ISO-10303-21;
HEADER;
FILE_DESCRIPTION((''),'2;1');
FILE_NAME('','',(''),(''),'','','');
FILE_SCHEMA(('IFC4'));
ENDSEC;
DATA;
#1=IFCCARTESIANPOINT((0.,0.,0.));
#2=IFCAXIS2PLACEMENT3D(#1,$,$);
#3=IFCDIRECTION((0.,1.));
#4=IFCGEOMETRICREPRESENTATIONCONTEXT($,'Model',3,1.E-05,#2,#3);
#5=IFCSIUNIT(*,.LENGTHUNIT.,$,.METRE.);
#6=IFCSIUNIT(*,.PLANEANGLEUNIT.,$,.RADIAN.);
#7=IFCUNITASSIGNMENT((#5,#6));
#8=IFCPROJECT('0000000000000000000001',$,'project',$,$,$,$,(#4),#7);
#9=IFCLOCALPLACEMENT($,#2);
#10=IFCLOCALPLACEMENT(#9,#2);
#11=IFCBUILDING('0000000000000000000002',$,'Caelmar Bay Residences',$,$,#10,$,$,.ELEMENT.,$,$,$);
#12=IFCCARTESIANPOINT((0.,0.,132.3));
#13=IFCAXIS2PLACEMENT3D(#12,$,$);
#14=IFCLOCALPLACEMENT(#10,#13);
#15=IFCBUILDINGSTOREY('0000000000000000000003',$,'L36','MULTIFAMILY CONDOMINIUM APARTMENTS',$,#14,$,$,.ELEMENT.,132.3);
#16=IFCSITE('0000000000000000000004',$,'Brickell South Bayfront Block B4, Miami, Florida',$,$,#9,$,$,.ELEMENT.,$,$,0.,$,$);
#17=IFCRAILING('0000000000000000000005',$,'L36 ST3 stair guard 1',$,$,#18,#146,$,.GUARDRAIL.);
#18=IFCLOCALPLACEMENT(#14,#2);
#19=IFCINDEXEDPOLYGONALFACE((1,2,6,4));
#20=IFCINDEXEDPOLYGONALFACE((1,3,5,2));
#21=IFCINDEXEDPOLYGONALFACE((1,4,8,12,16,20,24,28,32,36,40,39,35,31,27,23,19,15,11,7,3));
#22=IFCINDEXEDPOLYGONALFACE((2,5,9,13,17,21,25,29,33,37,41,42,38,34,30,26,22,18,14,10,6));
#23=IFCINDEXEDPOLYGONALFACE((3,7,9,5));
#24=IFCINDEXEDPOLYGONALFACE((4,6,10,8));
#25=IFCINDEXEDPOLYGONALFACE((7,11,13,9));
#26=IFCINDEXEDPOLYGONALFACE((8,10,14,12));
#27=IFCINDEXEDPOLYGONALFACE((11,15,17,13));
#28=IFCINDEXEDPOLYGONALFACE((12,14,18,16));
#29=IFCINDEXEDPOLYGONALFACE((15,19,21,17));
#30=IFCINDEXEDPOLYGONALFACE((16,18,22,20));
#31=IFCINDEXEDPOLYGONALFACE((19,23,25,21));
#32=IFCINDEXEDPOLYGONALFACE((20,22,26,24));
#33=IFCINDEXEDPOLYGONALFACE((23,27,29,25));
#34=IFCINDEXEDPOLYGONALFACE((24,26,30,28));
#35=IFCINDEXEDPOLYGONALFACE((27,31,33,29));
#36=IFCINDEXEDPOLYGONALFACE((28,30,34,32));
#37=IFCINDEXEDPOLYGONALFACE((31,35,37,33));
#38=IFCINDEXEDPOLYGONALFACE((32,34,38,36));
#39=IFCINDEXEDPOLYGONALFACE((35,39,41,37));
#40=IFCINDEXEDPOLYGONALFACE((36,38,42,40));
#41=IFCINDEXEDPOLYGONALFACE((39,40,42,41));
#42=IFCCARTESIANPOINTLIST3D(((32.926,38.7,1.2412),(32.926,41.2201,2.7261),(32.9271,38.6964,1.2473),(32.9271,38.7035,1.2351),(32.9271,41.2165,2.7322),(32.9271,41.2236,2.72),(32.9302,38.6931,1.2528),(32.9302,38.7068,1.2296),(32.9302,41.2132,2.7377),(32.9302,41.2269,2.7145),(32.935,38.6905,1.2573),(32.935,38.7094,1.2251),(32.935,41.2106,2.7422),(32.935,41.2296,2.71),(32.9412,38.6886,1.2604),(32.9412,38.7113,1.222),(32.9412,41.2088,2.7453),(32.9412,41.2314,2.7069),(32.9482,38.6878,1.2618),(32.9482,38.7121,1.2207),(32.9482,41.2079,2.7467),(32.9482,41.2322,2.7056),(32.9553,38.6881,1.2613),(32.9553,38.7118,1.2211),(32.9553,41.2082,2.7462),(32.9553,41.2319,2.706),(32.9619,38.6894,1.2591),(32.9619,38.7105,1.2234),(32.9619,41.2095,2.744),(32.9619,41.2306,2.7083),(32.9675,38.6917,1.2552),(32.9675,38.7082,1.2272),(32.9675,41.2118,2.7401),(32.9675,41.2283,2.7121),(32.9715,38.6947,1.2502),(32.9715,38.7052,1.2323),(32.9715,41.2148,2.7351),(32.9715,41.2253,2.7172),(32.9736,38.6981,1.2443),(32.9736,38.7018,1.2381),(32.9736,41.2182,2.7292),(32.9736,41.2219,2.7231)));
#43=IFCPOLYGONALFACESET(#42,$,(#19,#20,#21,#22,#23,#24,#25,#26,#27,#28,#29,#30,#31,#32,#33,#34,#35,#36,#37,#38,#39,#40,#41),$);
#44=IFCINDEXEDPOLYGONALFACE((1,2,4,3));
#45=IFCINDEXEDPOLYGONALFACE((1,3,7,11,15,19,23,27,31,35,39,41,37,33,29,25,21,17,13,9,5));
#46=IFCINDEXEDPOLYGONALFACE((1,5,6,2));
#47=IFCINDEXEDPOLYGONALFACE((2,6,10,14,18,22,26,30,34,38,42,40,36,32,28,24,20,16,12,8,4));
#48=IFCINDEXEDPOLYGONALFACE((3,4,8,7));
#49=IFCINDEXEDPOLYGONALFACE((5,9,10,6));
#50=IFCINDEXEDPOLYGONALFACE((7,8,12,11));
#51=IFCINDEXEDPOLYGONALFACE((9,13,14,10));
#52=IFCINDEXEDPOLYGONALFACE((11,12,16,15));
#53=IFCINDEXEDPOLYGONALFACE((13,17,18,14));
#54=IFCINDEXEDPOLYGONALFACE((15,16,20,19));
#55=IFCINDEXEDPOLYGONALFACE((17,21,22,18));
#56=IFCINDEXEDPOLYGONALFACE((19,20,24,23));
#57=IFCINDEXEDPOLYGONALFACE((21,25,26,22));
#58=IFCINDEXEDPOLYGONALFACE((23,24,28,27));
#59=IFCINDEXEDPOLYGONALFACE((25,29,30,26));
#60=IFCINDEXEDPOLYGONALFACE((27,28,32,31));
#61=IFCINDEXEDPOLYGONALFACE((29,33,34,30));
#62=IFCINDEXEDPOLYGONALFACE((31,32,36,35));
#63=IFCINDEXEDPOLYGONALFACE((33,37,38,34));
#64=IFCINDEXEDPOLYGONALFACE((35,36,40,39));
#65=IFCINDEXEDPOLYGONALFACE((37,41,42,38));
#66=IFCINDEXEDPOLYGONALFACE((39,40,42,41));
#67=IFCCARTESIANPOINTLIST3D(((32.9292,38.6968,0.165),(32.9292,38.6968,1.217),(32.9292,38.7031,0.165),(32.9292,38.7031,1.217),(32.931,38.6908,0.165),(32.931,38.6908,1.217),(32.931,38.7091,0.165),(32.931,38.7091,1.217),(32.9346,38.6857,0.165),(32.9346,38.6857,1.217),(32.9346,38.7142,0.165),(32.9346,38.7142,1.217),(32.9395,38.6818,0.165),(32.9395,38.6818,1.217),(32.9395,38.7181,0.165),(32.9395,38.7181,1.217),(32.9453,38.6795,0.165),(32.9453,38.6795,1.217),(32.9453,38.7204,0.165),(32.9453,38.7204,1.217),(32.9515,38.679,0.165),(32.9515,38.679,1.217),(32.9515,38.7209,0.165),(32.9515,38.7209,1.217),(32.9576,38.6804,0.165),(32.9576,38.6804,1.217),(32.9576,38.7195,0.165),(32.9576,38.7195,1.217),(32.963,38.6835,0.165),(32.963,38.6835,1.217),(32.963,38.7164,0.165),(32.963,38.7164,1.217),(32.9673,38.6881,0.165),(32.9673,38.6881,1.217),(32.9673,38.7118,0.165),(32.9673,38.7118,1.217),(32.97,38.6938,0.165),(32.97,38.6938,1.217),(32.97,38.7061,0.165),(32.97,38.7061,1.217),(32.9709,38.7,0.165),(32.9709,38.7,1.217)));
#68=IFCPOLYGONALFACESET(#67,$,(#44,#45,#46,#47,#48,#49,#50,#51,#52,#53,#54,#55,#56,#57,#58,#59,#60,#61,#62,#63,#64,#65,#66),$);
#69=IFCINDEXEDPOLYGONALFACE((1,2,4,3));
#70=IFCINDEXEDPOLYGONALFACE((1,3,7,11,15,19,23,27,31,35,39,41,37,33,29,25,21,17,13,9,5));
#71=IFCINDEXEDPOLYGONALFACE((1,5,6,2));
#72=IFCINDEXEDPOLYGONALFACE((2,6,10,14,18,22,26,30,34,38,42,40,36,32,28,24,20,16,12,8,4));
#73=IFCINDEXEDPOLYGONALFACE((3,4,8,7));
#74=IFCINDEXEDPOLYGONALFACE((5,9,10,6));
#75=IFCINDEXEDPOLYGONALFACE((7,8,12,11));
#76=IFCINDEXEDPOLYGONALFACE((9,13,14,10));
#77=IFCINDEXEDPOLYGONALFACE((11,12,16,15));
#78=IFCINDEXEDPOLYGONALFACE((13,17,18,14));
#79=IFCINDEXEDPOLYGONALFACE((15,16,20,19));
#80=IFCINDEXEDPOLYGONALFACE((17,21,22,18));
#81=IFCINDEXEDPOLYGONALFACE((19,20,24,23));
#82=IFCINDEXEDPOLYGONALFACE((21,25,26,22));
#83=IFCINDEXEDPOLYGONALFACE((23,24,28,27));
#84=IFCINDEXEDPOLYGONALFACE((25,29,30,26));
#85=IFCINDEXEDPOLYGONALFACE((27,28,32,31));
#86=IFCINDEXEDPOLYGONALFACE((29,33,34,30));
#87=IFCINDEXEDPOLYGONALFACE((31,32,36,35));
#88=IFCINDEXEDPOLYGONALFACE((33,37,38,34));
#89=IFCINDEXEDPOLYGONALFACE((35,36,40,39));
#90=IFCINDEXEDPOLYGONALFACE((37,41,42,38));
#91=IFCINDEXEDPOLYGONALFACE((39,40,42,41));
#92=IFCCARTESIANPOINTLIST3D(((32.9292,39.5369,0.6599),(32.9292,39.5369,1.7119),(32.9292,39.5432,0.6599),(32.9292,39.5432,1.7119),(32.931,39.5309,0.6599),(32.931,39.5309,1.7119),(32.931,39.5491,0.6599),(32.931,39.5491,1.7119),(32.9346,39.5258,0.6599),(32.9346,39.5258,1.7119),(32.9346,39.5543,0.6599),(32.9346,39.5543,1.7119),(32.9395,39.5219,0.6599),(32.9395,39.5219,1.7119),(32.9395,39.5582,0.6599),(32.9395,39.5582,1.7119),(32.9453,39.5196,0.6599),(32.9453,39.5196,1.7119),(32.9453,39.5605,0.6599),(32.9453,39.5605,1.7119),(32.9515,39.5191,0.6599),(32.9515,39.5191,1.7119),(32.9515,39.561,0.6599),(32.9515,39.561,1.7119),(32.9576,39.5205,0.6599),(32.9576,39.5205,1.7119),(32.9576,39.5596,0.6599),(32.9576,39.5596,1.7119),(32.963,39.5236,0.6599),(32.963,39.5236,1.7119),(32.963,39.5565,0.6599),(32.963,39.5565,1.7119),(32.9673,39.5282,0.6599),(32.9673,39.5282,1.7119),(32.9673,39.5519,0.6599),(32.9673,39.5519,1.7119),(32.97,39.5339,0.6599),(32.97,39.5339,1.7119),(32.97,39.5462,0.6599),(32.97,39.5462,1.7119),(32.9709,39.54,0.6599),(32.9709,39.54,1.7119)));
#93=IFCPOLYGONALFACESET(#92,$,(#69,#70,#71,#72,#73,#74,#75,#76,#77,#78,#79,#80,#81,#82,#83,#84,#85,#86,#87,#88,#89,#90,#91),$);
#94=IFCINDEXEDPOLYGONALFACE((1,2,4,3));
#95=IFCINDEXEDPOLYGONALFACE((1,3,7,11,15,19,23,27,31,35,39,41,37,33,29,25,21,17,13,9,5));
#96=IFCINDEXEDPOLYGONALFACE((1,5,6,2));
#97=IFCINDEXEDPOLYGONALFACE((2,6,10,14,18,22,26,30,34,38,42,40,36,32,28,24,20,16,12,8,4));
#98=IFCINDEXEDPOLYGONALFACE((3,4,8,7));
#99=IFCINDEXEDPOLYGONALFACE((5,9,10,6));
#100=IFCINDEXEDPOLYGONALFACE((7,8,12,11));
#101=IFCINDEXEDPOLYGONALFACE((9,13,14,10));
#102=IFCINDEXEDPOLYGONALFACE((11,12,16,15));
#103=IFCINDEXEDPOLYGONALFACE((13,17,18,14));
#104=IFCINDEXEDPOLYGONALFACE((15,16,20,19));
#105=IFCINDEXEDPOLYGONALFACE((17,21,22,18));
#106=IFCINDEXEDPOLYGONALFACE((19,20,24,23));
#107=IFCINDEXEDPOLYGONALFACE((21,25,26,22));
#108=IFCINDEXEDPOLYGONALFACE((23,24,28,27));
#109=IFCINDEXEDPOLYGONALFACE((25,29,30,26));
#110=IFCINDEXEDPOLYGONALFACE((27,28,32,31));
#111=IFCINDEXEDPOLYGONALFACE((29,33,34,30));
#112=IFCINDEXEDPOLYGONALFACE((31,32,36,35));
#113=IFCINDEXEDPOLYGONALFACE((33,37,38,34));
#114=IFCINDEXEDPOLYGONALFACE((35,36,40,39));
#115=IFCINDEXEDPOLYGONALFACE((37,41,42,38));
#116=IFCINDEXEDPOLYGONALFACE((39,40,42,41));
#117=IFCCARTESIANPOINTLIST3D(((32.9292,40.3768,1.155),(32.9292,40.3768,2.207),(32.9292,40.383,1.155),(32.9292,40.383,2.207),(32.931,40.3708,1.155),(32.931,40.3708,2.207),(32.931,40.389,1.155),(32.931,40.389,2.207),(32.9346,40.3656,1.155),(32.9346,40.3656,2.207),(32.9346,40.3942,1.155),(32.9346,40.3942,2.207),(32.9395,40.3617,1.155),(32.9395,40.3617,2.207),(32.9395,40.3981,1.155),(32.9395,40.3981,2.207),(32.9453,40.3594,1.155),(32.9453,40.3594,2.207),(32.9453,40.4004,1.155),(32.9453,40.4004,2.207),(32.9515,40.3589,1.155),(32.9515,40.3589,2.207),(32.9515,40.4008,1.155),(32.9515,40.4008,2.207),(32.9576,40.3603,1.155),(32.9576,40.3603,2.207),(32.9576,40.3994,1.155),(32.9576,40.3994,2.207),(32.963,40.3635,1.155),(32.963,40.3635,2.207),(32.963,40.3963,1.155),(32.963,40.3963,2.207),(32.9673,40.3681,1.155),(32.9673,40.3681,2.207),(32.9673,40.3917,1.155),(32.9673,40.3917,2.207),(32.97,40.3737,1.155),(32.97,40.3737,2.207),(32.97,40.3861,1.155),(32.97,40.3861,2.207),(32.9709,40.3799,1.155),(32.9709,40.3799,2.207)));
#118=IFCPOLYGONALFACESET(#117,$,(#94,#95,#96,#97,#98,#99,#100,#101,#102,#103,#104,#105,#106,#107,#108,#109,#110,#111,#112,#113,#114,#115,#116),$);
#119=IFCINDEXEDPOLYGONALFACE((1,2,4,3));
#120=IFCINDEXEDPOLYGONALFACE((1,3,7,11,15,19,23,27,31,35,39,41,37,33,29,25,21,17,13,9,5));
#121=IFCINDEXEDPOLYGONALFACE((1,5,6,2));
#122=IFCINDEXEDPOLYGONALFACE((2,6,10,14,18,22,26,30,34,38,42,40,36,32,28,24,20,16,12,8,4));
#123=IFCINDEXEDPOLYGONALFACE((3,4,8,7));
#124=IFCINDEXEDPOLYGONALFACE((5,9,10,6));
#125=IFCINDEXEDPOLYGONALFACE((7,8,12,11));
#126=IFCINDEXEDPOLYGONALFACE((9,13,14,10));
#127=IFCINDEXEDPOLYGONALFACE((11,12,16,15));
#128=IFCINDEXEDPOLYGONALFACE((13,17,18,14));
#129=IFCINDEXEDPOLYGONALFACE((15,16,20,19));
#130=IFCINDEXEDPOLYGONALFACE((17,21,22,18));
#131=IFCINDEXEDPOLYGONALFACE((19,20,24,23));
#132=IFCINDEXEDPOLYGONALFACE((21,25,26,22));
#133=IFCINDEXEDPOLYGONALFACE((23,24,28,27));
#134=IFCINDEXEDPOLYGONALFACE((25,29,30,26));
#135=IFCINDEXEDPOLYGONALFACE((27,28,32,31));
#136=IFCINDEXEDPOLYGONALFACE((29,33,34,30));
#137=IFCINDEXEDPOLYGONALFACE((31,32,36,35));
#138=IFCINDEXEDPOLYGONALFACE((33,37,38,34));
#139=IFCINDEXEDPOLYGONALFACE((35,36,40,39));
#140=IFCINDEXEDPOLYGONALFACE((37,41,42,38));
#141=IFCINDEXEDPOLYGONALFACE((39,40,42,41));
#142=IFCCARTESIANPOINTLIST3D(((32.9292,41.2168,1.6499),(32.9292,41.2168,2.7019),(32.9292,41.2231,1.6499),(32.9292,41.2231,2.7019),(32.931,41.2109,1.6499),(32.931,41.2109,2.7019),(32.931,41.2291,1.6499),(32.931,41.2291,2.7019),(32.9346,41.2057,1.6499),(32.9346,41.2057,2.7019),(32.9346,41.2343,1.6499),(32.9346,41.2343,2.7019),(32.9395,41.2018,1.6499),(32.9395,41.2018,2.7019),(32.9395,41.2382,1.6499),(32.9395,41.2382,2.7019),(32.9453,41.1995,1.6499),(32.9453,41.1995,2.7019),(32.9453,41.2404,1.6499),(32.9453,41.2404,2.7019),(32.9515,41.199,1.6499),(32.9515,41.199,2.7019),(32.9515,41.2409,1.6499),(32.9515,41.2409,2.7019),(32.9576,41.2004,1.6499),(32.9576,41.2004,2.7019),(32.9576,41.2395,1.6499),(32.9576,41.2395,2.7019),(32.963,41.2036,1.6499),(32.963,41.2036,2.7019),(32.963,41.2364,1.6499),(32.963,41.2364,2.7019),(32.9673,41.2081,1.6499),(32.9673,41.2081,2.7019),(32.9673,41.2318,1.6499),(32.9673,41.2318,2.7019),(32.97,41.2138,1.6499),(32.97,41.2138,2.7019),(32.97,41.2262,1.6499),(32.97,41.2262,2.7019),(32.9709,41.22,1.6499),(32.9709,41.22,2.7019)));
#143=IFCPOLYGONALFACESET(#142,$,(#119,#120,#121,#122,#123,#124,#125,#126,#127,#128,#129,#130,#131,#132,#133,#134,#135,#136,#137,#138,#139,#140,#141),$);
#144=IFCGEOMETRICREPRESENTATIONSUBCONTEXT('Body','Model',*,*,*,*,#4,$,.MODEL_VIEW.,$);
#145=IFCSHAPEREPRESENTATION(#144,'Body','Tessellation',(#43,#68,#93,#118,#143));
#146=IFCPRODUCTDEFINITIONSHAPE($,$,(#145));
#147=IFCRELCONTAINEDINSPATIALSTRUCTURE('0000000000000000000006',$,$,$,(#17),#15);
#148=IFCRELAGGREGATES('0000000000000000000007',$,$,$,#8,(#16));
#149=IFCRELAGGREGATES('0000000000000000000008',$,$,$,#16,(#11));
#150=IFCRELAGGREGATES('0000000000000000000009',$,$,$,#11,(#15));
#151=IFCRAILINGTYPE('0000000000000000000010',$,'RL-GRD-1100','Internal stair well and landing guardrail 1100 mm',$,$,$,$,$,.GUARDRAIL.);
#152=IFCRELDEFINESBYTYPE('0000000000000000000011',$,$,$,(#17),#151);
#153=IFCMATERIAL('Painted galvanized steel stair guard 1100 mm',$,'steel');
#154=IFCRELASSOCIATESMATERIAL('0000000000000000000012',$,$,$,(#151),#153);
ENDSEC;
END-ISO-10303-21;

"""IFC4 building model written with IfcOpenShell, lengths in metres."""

from ifc_helpers import new_model, si_unit, direction, frame, origin, origin_2d, place, context, subcontext, project, spatial, circle, extrude, material, type_object, element, save


model = new_model("IFC4")

# Units and contexts
model_context = context("Model", 3, precision=1e-05, world=origin(), true_north=direction((0.0, 1.0)))
body_context = subcontext(model_context, "Body", "Model", "MODEL_VIEW")
ifc_project = project(units=[si_unit("LENGTHUNIT", "METRE"), si_unit("PLANEANGLEUNIT", "RADIAN")], contexts=[model_context])

# Site, building, storey
site_placement = place(None, origin())
site = spatial("IfcSite", under=ifc_project, at=site_placement, Name="Brickell South Bayfront Block B4, Miami, Florida", CompositionType="ELEMENT", RefElevation=0.0)
building_placement = place(site_placement, origin())
building = spatial("IfcBuilding", under=site, at=building_placement, Name="Caelmar Bay Residences", CompositionType="ELEMENT")
storey_placement = place(building_placement, frame((0.0, 0.0, 132.3)))
storey = spatial("IfcBuildingStorey", under=building, at=storey_placement, Name="L36", Description="MULTIFAMILY CONDOMINIUM APARTMENTS", CompositionType="ELEMENT", Elevation=132.3)

# Railing
ifc_material_1 = material(Name="Painted galvanized steel stair guard 1100 mm", Category="steel")
railing_type_1 = type_object("IfcRailingType", Name="RL-GRD-1100", Description="Internal stair well and landing guardrail 1100 mm", PredefinedType="GUARDRAIL", material=ifc_material_1)
railing_1_placement = place(storey_placement, frame((32.95, 38.7, 0.165)))
element("IfcRailing", 1, at=railing_1_placement, inside=storey, type_object=railing_type_1, Name="L36 ST3 stair guard 1", PredefinedType="GUARDRAIL", context=body_context, shape_type="SweptSolid", body=[
    extrude(circle(Radius=0.0239, at=origin_2d()), frame((0.0, 0.0, 1.0762), z_axis=(0.0, 0.861561, 0.507655), x_axis=(-1.0, 0.0, 0.0)), (0.0, 0.0, 1.0), 2.925),
    extrude(circle(Radius=0.021, at=origin_2d()), origin(), (0.0, 0.0, 1.0), 1.052),
    extrude(circle(Radius=0.021, at=origin_2d()), frame((0.0, 0.8401, 0.4949)), (0.0, 0.0, 1.0), 1.052),
    extrude(circle(Radius=0.021, at=origin_2d()), frame((0.0, 1.6799, 0.99)), (0.0, 0.0, 1.0), 1.052),
    extrude(circle(Radius=0.021, at=origin_2d()), frame((0.0, 2.52, 1.4849)), (0.0, 0.0, 1.0), 1.052),
])

save(model, "model.ifc")
